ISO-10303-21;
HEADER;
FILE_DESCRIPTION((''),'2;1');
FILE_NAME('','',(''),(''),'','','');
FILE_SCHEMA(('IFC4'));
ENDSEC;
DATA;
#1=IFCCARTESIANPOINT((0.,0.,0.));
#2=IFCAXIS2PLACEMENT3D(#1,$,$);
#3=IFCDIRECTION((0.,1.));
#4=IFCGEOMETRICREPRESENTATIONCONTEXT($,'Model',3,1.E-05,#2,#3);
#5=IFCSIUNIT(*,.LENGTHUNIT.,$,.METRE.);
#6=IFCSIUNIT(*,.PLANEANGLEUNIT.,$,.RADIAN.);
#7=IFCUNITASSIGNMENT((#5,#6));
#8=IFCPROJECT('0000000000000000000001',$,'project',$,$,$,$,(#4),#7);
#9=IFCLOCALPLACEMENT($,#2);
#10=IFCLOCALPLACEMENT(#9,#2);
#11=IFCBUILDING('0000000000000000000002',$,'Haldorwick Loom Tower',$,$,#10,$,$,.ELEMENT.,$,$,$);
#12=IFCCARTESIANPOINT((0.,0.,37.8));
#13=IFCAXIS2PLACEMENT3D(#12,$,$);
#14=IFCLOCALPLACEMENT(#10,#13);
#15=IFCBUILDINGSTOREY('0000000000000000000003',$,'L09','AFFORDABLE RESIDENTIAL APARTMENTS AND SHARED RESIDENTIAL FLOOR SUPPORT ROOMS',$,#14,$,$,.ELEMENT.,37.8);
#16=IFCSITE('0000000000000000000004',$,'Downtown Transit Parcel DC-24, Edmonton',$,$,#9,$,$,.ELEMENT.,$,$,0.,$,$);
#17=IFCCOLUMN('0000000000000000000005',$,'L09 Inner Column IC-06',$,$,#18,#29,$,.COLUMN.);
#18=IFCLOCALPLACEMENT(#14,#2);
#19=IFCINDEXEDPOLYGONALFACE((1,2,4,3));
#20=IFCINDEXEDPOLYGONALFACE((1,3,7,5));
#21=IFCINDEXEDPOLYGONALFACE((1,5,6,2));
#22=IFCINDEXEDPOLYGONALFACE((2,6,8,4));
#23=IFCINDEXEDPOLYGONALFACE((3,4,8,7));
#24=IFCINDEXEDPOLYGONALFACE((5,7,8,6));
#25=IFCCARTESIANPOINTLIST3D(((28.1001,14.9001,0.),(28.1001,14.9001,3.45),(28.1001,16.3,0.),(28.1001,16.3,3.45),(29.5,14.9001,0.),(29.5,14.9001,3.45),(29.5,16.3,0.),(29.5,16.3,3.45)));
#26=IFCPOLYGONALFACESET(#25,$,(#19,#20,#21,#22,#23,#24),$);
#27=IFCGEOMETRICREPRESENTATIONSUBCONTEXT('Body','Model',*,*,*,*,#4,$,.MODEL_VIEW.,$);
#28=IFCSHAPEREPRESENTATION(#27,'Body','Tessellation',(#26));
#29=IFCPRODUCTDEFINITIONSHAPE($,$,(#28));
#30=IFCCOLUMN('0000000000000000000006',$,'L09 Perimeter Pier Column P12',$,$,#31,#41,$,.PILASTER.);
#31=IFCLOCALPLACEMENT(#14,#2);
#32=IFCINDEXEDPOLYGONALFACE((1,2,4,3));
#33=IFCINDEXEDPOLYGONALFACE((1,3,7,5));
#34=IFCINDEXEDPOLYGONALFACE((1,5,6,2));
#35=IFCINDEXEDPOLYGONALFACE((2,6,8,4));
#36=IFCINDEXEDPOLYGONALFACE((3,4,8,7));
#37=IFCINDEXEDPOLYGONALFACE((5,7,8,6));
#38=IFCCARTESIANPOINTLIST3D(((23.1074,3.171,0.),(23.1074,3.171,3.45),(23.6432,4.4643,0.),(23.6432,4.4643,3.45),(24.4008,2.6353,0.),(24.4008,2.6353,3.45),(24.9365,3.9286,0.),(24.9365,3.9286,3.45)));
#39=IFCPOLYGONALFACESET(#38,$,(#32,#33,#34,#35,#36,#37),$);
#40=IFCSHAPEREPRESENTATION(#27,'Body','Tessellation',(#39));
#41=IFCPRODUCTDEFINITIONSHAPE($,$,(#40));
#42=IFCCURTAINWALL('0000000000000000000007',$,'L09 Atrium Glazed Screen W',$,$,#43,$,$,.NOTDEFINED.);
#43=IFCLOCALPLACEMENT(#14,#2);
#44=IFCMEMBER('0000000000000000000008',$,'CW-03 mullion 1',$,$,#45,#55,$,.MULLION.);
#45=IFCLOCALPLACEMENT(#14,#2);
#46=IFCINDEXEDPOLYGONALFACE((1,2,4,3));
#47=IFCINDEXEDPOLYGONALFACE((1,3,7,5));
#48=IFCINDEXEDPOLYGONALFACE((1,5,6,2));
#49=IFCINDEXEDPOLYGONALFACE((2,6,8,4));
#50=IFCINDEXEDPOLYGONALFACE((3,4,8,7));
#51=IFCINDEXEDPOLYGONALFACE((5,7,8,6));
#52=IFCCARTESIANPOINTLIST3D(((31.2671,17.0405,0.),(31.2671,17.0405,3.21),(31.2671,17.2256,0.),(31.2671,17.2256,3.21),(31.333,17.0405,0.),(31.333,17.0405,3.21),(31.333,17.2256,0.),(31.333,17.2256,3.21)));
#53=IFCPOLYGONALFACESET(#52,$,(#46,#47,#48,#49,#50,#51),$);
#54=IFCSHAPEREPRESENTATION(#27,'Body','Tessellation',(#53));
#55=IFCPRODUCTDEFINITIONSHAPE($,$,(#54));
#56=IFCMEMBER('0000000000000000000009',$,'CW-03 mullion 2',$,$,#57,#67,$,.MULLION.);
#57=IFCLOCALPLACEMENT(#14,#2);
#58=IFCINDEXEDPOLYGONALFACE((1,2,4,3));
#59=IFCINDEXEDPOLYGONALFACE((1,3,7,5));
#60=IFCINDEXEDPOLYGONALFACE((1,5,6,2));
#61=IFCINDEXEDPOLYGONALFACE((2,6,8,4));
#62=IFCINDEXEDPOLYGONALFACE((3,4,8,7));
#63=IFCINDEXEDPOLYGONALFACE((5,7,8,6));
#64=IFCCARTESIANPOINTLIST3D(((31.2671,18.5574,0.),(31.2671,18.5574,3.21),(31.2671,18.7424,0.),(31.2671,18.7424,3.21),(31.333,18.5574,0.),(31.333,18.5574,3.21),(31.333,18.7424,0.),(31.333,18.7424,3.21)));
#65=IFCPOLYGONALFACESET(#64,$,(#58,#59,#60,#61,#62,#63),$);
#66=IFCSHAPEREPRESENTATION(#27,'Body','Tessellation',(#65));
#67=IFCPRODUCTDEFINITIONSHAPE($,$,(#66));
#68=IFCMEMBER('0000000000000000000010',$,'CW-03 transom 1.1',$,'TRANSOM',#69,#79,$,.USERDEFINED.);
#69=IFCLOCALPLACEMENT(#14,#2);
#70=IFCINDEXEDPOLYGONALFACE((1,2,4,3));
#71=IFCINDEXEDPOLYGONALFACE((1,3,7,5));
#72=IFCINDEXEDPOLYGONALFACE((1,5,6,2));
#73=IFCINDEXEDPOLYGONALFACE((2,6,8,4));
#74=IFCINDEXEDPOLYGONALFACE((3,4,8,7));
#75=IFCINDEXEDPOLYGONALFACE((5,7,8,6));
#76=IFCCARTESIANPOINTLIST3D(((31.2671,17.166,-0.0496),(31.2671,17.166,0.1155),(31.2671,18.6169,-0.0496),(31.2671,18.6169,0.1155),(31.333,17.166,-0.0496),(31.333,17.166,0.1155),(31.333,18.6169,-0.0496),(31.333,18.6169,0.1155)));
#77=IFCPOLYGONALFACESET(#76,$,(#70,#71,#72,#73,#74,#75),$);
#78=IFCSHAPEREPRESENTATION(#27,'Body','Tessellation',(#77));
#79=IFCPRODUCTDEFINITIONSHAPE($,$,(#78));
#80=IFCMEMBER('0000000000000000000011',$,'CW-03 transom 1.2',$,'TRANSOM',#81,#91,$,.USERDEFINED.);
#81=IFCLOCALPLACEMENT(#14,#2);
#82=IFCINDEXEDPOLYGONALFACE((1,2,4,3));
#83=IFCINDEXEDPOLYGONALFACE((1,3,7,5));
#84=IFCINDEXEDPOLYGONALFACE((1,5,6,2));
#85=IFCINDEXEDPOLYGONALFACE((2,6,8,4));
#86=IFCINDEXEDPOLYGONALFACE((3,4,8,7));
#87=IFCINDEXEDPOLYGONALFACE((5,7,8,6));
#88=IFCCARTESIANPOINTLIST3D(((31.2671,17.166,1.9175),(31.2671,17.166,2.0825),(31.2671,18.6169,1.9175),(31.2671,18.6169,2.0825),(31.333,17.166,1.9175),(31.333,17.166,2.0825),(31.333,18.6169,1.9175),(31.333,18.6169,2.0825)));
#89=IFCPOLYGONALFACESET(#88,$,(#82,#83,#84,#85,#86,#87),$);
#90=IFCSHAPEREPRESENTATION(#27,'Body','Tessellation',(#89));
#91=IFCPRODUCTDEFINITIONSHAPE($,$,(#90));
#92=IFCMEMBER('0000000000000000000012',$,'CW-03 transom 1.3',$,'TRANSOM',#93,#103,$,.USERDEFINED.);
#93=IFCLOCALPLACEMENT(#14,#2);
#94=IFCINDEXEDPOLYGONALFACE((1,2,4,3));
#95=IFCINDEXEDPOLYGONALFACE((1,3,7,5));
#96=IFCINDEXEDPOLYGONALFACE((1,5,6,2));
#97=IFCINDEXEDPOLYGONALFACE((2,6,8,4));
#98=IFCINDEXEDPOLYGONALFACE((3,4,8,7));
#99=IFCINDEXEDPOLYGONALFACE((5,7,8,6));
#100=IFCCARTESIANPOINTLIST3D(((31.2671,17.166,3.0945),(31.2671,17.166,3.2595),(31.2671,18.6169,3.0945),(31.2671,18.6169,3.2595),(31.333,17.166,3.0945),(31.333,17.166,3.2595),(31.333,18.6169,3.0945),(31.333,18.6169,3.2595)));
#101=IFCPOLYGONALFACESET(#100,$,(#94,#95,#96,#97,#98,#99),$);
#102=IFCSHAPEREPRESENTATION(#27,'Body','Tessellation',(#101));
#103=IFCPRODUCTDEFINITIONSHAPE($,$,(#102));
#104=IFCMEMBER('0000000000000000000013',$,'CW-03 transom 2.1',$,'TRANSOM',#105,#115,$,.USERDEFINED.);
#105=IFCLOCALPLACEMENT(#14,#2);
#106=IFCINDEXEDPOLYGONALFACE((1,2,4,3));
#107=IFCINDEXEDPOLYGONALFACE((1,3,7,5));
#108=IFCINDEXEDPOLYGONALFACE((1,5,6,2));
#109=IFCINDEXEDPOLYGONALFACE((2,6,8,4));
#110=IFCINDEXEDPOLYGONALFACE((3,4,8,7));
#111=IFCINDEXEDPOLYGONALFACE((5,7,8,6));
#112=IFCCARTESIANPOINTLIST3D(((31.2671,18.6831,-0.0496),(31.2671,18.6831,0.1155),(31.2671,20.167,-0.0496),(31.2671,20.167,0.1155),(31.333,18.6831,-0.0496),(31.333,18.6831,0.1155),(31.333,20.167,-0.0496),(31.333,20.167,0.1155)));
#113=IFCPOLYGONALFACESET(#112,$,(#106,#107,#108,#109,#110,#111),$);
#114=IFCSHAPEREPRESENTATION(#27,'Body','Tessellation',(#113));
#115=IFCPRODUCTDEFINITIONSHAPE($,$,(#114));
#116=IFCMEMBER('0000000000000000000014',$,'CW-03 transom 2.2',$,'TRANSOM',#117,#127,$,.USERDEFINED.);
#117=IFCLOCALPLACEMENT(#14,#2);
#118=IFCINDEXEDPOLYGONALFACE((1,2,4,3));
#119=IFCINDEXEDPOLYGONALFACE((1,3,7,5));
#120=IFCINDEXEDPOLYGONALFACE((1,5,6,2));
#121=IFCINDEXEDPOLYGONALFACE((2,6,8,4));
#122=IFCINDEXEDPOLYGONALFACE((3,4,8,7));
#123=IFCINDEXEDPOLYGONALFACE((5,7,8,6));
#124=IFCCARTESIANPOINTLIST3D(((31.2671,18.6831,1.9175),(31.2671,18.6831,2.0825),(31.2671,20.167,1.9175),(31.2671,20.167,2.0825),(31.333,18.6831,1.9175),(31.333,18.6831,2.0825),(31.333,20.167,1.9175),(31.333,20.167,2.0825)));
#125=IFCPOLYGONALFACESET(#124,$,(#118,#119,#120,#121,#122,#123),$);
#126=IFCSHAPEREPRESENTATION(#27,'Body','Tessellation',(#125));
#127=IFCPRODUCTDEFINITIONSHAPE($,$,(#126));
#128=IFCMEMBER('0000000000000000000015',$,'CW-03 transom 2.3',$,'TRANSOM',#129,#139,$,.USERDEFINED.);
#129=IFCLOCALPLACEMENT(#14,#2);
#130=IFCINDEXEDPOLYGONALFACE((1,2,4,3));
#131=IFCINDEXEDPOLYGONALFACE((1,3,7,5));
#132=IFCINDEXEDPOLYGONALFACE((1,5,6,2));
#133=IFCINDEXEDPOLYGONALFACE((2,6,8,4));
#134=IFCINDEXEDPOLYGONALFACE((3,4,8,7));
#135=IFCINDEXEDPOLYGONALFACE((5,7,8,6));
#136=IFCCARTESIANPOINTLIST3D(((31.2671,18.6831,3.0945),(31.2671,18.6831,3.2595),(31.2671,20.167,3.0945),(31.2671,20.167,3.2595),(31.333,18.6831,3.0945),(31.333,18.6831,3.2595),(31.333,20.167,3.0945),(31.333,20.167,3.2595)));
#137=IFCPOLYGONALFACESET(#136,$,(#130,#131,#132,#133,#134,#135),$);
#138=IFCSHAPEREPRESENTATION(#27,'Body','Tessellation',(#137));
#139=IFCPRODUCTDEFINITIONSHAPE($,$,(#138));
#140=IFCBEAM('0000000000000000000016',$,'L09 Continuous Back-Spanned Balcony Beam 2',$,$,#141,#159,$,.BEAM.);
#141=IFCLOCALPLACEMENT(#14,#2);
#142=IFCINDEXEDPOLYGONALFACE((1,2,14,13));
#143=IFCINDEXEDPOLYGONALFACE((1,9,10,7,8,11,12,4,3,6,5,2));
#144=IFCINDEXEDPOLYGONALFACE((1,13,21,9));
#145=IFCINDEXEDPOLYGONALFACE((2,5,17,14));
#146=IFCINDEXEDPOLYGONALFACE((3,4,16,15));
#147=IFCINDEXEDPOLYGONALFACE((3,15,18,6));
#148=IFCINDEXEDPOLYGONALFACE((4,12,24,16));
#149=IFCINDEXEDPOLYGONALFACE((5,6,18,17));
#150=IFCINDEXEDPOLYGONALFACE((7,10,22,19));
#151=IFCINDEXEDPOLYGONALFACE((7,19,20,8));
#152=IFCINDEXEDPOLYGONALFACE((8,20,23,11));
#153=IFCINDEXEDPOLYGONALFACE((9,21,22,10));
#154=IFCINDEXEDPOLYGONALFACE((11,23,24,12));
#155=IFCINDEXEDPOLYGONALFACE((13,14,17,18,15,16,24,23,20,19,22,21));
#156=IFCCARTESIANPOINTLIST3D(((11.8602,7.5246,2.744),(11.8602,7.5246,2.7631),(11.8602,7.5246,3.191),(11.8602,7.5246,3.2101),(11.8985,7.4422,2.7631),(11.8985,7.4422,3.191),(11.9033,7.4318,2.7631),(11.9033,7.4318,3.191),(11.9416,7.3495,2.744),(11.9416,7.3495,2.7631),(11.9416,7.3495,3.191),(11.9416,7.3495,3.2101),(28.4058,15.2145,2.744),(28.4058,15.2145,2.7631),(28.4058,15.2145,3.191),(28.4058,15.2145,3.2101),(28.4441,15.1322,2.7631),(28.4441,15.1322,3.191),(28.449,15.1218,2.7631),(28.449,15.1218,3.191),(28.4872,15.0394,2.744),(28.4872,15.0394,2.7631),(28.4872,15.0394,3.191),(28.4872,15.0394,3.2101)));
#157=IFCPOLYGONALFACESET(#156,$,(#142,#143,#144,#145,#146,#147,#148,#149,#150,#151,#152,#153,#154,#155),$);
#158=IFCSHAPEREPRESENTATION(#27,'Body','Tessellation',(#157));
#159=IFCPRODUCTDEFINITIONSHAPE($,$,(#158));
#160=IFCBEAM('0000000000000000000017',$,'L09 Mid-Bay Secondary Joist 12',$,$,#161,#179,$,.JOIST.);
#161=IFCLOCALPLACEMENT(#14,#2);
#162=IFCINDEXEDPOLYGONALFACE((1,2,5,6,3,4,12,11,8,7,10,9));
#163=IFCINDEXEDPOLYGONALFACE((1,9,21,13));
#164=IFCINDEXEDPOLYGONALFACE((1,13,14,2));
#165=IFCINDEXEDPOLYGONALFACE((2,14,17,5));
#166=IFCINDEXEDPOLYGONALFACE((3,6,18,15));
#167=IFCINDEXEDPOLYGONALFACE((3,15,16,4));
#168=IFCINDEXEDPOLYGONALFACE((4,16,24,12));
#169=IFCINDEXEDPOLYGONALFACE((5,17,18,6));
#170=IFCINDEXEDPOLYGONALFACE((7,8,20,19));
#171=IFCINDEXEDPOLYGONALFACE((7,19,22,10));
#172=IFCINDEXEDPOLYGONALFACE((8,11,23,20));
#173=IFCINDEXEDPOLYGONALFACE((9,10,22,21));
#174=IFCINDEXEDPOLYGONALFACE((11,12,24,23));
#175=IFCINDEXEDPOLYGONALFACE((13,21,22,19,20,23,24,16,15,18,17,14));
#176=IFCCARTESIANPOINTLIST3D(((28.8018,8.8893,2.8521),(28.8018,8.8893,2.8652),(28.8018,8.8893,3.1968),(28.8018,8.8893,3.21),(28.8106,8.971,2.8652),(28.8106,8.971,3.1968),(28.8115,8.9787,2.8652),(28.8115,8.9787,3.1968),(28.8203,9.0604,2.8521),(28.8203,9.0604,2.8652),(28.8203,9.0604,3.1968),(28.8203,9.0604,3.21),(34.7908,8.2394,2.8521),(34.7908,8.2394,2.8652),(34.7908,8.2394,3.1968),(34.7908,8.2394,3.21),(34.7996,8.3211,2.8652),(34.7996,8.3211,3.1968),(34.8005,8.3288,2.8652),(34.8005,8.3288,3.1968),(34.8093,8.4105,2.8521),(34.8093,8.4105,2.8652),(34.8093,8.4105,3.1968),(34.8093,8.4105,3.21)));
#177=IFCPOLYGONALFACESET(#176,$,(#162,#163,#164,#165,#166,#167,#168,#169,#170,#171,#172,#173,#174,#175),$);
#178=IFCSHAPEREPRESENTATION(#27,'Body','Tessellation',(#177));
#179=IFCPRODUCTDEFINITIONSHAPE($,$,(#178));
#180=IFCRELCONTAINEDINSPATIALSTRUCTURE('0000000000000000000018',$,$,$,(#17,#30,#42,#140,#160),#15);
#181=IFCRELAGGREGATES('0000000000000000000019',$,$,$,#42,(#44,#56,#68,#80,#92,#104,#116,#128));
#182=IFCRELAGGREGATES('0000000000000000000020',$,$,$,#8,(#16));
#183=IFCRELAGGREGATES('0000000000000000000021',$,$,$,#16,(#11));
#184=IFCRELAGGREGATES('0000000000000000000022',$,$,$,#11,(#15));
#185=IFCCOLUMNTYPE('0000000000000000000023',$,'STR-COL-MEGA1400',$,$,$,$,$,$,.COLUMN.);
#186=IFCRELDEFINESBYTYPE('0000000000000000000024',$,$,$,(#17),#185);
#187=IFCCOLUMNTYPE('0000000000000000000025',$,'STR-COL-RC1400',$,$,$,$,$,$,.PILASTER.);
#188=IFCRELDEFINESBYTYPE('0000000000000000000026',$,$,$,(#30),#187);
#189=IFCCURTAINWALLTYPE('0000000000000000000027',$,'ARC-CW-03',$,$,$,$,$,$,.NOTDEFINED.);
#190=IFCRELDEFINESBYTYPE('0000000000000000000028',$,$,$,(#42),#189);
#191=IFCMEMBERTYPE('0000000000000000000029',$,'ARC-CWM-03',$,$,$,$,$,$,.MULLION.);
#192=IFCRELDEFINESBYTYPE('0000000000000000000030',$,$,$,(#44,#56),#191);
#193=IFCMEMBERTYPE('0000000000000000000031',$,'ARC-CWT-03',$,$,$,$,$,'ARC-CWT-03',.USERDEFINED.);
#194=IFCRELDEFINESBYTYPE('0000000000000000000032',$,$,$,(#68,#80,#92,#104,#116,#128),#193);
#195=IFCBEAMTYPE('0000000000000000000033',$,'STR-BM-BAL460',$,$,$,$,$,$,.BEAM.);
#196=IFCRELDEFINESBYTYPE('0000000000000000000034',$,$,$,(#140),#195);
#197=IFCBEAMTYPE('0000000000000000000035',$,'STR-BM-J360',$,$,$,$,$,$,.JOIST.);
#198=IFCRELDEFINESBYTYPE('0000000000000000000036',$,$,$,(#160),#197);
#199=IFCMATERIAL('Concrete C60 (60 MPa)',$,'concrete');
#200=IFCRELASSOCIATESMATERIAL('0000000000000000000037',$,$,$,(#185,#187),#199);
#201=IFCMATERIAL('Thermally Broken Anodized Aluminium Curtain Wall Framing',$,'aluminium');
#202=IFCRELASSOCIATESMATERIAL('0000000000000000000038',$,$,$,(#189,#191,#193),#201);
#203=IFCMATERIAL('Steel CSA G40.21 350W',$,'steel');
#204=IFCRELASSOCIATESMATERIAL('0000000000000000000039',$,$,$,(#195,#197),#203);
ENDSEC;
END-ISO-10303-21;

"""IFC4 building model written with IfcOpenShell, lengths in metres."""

from ifc_helpers import new_model, si_unit, direction, frame, origin, origin_2d, place, context, subcontext, project, spatial, rectangle, i_section, extrude, material, material_profile, profile_set, type_object, element, aggregate, save


model = new_model("IFC4")

# Units and contexts
model_context = context("Model", 3, precision=1e-05, world=origin(), true_north=direction((0.0, 1.0)))
body_context = subcontext(model_context, "Body", "Model", "MODEL_VIEW")
ifc_project = project(units=[si_unit("LENGTHUNIT", "METRE"), si_unit("PLANEANGLEUNIT", "RADIAN")], contexts=[model_context])

# Site, building, storey
site_placement = place(None, origin())
site = spatial("IfcSite", under=ifc_project, at=site_placement, Name="Downtown Transit Parcel DC-24, Edmonton", CompositionType="ELEMENT", RefElevation=0.0)
building_placement = place(site_placement, origin())
building = spatial("IfcBuilding", under=site, at=building_placement, Name="Haldorwick Loom Tower", CompositionType="ELEMENT")
storey_placement = place(building_placement, frame((0.0, 0.0, 37.8)))
storey = spatial("IfcBuildingStorey", under=building, at=storey_placement, Name="L09", Description="AFFORDABLE RESIDENTIAL APARTMENTS AND SHARED RESIDENTIAL FLOOR SUPPORT ROOMS", CompositionType="ELEMENT", Elevation=37.8)

# Columns
ifc_material_1 = material(Name="Concrete C60 (60 MPa)", Category="concrete")
ifc_material_profile_1 = material_profile(ifc_material_1, rectangle(XDim=1.3999, YDim=1.3999, at=origin_2d()), Name="RC1400X1400", Category="concrete")
ifc_profile_set_1 = profile_set([ifc_material_profile_1], Name="Concrete C60 (60 MPa)")
column_type_1 = type_object("IfcColumnType", Name="STR-COL-MEGA1400", PredefinedType="COLUMN", material=ifc_profile_set_1)
column_1_placement = place(storey_placement, frame((28.8, 15.6001, 0.0), z_axis=(0.0, 0.0, 1.0), x_axis=(1.0, 0.0, 0.0)))
element("IfcColumn", 1, at=column_1_placement, inside=storey, type_object=column_type_1, Name="L09 Inner Column IC-06", PredefinedType="COLUMN", context=body_context, shape_type="SweptSolid", body=[
    extrude(rectangle(XDim=1.3999, YDim=1.3999, at=origin_2d()), origin(), (0.0, 0.0, 1.0), 3.45),
])
ifc_material_profile_2 = material_profile(ifc_material_1, rectangle(XDim=1.3999, YDim=1.3999, at=origin_2d()), Name="RC1400X1400", Category="concrete")
ifc_profile_set_2 = profile_set([ifc_material_profile_2], Name="Concrete C60 (60 MPa)")
column_type_2 = type_object("IfcColumnType", Name="STR-COL-RC1400", PredefinedType="PILASTER", material=ifc_profile_set_2)
column_2_placement = place(storey_placement, frame((24.022, 3.5498, 0.0), z_axis=(0.0, 0.0, 1.0), x_axis=(-0.382683, -0.92388, 0.0)))
element("IfcColumn", 2, at=column_2_placement, inside=storey, type_object=column_type_2, Name="L09 Perimeter Pier Column P12", PredefinedType="PILASTER", context=body_context, shape_type="SweptSolid", body=[
    extrude(rectangle(XDim=1.3999, YDim=1.3999, at=origin_2d()), origin(), (0.0, 0.0, 1.0), 3.45),
])

# Curtain wall, members
ifc_material_2 = material(Name="Thermally Broken Anodized Aluminium Curtain Wall Framing", Category="aluminium")
curtain_wall_type = type_object("IfcCurtainWallType", Name="ARC-CW-03", PredefinedType="NOTDEFINED", material=ifc_material_2)
curtain_wall_placement = place(storey_placement, origin())
curtain_wall = element("IfcCurtainWall", 3, at=curtain_wall_placement, inside=storey, type_object=curtain_wall_type, Name="L09 Atrium Glazed Screen W", PredefinedType="NOTDEFINED")
ifc_material_profile_3 = material_profile(ifc_material_2, rectangle(XDim=0.0659, YDim=0.1851, at=origin_2d()), Name="ALU_MUL_66X185", Category="aluminium")
ifc_profile_set_3 = profile_set([ifc_material_profile_3], Name="Thermally Broken Anodized Aluminium Curtain Wall Framing")
member_type_1 = type_object("IfcMemberType", Name="ARC-CWM-03", PredefinedType="MULLION", material=ifc_profile_set_3)
member_1_placement = place(storey_placement, frame((31.3, 17.1331, 0.0), z_axis=(0.0, 0.0, 1.0), x_axis=(-1.0, 0.0, 0.0)))
member_1 = element("IfcMember", 4, at=member_1_placement, type_object=member_type_1, Name="CW-03 mullion 1", PredefinedType="MULLION", context=body_context, shape_type="SweptSolid", body=[
    extrude(rectangle(XDim=0.0659, YDim=0.1851, at=origin_2d()), origin(), (0.0, 0.0, 1.0), 3.21),
])
member_2_placement = place(storey_placement, frame((31.3, 18.6499, 0.0), z_axis=(0.0, 0.0, 1.0), x_axis=(-1.0, 0.0, 0.0)))
member_2 = element("IfcMember", 5, at=member_2_placement, type_object=member_type_1, Name="CW-03 mullion 2", PredefinedType="MULLION", context=body_context, shape_type="SweptSolid", body=[
    extrude(rectangle(XDim=0.0659, YDim=0.1851, at=origin_2d()), origin(), (0.0, 0.0, 1.0), 3.21),
])
ifc_material_profile_4 = material_profile(ifc_material_2, rectangle(XDim=0.0659, YDim=0.165, at=origin_2d()), Name="ALU_TRN_66X165", Category="aluminium")
ifc_profile_set_4 = profile_set([ifc_material_profile_4], Name="Thermally Broken Anodized Aluminium Curtain Wall Framing")
member_type_2 = type_object("IfcMemberType", Name="ARC-CWT-03", ElementType="ARC-CWT-03", PredefinedType="USERDEFINED", material=ifc_profile_set_4)
member_3_placement = place(storey_placement, frame((31.3, 17.166, 0.033), z_axis=(0.0, 1.0, 0.0), x_axis=(-1.0, 0.0, 0.0)))
member_3 = element("IfcMember", 6, at=member_3_placement, type_object=member_type_2, Name="CW-03 transom 1.1", ObjectType="TRANSOM", PredefinedType="USERDEFINED", context=body_context, shape_type="SweptSolid", body=[
    extrude(rectangle(XDim=0.0659, YDim=0.165, at=origin_2d()), origin(), (0.0, 0.0, 1.0), 1.4509),
])
member_4_placement = place(storey_placement, frame((31.3, 17.166, 2.0), z_axis=(0.0, 1.0, 0.0), x_axis=(-1.0, 0.0, 0.0)))
member_4 = element("IfcMember", 7, at=member_4_placement, type_object=member_type_2, Name="CW-03 transom 1.2", ObjectType="TRANSOM", PredefinedType="USERDEFINED", context=body_context, shape_type="SweptSolid", body=[
    extrude(rectangle(XDim=0.0659, YDim=0.165, at=origin_2d()), origin(), (0.0, 0.0, 1.0), 1.4509),
])
member_5_placement = place(storey_placement, frame((31.3, 17.166, 3.177), z_axis=(0.0, 1.0, 0.0), x_axis=(-1.0, 0.0, 0.0)))
member_5 = element("IfcMember", 8, at=member_5_placement, type_object=member_type_2, Name="CW-03 transom 1.3", ObjectType="TRANSOM", PredefinedType="USERDEFINED", context=body_context, shape_type="SweptSolid", body=[
    extrude(rectangle(XDim=0.0659, YDim=0.165, at=origin_2d()), origin(), (0.0, 0.0, 1.0), 1.4509),
])
member_6_placement = place(storey_placement, frame((31.3, 18.6831, 0.033), z_axis=(0.0, 1.0, 0.0), x_axis=(-1.0, 0.0, 0.0)))
member_6 = element("IfcMember", 9, at=member_6_placement, type_object=member_type_2, Name="CW-03 transom 2.1", ObjectType="TRANSOM", PredefinedType="USERDEFINED", context=body_context, shape_type="SweptSolid", body=[
    extrude(rectangle(XDim=0.0659, YDim=0.165, at=origin_2d()), origin(), (0.0, 0.0, 1.0), 1.4839),
])
member_7_placement = place(storey_placement, frame((31.3, 18.6831, 2.0), z_axis=(0.0, 1.0, 0.0), x_axis=(-1.0, 0.0, 0.0)))
member_7 = element("IfcMember", 10, at=member_7_placement, type_object=member_type_2, Name="CW-03 transom 2.2", ObjectType="TRANSOM", PredefinedType="USERDEFINED", context=body_context, shape_type="SweptSolid", body=[
    extrude(rectangle(XDim=0.0659, YDim=0.165, at=origin_2d()), origin(), (0.0, 0.0, 1.0), 1.4839),
])
member_8_placement = place(storey_placement, frame((31.3, 18.6831, 3.177), z_axis=(0.0, 1.0, 0.0), x_axis=(-1.0, 0.0, 0.0)))
member_8 = element("IfcMember", 11, at=member_8_placement, type_object=member_type_2, Name="CW-03 transom 2.3", ObjectType="TRANSOM", PredefinedType="USERDEFINED", context=body_context, shape_type="SweptSolid", body=[
    extrude(rectangle(XDim=0.0659, YDim=0.165, at=origin_2d()), origin(), (0.0, 0.0, 1.0), 1.4839),
])

# Beams
ifc_material_3 = material(Name="Steel CSA G40.21 350W", Category="steel")
ifc_material_profile_5 = material_profile(ifc_material_3, i_section(OverallWidth=0.1931, OverallDepth=0.4661, WebThickness=0.0115, FlangeThickness=0.019, at=origin_2d()), Name="W460X97", Category="steel")
ifc_profile_set_5 = profile_set([ifc_material_profile_5], Name="Steel CSA G40.21 350W")
beam_type_1 = type_object("IfcBeamType", Name="STR-BM-BAL460", PredefinedType="BEAM", material=ifc_profile_set_5)
beam_1_placement = place(storey_placement, frame((28.4465, 15.127, 2.9771), z_axis=(-0.906841, -0.421473, 0.0), x_axis=(0.421473, -0.906841, 0.0)))
element("IfcBeam", 12, at=beam_1_placement, inside=storey, type_object=beam_type_1, Name="L09 Continuous Back-Spanned Balcony Beam 2", PredefinedType="BEAM", context=body_context, shape_type="SweptSolid", body=[
    extrude(i_section(OverallWidth=0.1931, OverallDepth=0.4661, WebThickness=0.0115, FlangeThickness=0.019, at=origin_2d()), origin(), (0.0, 0.0, 1.0), 18.2454),
])
ifc_material_profile_6 = material_profile(ifc_material_3, i_section(OverallWidth=0.1721, OverallDepth=0.3579, WebThickness=0.0078, FlangeThickness=0.0132, at=origin_2d()), Name="W360X57", Category="steel")
ifc_profile_set_6 = profile_set([ifc_material_profile_6], Name="Steel CSA G40.21 350W")
beam_type_2 = type_object("IfcBeamType", Name="STR-BM-J360", PredefinedType="JOIST", material=ifc_profile_set_6)
beam_2_placement = place(storey_placement, frame((28.811, 8.9749, 3.031), z_axis=(0.994164, -0.107882, 0.0), x_axis=(0.107882, 0.994164, 0.0)))
element("IfcBeam", 13, at=beam_2_placement, inside=storey, type_object=beam_type_2, Name="L09 Mid-Bay Secondary Joist 12", PredefinedType="JOIST", context=body_context, shape_type="SweptSolid", body=[
    extrude(i_section(OverallWidth=0.1721, OverallDepth=0.3579, WebThickness=0.0078, FlangeThickness=0.0132, at=origin_2d()), origin(), (0.0, 0.0, 1.0), 6.0242),
])

aggregate(curtain_wall, [member_1, member_2, member_3, member_4, member_5, member_6, member_7, member_8])

save(model, "model.ifc")
